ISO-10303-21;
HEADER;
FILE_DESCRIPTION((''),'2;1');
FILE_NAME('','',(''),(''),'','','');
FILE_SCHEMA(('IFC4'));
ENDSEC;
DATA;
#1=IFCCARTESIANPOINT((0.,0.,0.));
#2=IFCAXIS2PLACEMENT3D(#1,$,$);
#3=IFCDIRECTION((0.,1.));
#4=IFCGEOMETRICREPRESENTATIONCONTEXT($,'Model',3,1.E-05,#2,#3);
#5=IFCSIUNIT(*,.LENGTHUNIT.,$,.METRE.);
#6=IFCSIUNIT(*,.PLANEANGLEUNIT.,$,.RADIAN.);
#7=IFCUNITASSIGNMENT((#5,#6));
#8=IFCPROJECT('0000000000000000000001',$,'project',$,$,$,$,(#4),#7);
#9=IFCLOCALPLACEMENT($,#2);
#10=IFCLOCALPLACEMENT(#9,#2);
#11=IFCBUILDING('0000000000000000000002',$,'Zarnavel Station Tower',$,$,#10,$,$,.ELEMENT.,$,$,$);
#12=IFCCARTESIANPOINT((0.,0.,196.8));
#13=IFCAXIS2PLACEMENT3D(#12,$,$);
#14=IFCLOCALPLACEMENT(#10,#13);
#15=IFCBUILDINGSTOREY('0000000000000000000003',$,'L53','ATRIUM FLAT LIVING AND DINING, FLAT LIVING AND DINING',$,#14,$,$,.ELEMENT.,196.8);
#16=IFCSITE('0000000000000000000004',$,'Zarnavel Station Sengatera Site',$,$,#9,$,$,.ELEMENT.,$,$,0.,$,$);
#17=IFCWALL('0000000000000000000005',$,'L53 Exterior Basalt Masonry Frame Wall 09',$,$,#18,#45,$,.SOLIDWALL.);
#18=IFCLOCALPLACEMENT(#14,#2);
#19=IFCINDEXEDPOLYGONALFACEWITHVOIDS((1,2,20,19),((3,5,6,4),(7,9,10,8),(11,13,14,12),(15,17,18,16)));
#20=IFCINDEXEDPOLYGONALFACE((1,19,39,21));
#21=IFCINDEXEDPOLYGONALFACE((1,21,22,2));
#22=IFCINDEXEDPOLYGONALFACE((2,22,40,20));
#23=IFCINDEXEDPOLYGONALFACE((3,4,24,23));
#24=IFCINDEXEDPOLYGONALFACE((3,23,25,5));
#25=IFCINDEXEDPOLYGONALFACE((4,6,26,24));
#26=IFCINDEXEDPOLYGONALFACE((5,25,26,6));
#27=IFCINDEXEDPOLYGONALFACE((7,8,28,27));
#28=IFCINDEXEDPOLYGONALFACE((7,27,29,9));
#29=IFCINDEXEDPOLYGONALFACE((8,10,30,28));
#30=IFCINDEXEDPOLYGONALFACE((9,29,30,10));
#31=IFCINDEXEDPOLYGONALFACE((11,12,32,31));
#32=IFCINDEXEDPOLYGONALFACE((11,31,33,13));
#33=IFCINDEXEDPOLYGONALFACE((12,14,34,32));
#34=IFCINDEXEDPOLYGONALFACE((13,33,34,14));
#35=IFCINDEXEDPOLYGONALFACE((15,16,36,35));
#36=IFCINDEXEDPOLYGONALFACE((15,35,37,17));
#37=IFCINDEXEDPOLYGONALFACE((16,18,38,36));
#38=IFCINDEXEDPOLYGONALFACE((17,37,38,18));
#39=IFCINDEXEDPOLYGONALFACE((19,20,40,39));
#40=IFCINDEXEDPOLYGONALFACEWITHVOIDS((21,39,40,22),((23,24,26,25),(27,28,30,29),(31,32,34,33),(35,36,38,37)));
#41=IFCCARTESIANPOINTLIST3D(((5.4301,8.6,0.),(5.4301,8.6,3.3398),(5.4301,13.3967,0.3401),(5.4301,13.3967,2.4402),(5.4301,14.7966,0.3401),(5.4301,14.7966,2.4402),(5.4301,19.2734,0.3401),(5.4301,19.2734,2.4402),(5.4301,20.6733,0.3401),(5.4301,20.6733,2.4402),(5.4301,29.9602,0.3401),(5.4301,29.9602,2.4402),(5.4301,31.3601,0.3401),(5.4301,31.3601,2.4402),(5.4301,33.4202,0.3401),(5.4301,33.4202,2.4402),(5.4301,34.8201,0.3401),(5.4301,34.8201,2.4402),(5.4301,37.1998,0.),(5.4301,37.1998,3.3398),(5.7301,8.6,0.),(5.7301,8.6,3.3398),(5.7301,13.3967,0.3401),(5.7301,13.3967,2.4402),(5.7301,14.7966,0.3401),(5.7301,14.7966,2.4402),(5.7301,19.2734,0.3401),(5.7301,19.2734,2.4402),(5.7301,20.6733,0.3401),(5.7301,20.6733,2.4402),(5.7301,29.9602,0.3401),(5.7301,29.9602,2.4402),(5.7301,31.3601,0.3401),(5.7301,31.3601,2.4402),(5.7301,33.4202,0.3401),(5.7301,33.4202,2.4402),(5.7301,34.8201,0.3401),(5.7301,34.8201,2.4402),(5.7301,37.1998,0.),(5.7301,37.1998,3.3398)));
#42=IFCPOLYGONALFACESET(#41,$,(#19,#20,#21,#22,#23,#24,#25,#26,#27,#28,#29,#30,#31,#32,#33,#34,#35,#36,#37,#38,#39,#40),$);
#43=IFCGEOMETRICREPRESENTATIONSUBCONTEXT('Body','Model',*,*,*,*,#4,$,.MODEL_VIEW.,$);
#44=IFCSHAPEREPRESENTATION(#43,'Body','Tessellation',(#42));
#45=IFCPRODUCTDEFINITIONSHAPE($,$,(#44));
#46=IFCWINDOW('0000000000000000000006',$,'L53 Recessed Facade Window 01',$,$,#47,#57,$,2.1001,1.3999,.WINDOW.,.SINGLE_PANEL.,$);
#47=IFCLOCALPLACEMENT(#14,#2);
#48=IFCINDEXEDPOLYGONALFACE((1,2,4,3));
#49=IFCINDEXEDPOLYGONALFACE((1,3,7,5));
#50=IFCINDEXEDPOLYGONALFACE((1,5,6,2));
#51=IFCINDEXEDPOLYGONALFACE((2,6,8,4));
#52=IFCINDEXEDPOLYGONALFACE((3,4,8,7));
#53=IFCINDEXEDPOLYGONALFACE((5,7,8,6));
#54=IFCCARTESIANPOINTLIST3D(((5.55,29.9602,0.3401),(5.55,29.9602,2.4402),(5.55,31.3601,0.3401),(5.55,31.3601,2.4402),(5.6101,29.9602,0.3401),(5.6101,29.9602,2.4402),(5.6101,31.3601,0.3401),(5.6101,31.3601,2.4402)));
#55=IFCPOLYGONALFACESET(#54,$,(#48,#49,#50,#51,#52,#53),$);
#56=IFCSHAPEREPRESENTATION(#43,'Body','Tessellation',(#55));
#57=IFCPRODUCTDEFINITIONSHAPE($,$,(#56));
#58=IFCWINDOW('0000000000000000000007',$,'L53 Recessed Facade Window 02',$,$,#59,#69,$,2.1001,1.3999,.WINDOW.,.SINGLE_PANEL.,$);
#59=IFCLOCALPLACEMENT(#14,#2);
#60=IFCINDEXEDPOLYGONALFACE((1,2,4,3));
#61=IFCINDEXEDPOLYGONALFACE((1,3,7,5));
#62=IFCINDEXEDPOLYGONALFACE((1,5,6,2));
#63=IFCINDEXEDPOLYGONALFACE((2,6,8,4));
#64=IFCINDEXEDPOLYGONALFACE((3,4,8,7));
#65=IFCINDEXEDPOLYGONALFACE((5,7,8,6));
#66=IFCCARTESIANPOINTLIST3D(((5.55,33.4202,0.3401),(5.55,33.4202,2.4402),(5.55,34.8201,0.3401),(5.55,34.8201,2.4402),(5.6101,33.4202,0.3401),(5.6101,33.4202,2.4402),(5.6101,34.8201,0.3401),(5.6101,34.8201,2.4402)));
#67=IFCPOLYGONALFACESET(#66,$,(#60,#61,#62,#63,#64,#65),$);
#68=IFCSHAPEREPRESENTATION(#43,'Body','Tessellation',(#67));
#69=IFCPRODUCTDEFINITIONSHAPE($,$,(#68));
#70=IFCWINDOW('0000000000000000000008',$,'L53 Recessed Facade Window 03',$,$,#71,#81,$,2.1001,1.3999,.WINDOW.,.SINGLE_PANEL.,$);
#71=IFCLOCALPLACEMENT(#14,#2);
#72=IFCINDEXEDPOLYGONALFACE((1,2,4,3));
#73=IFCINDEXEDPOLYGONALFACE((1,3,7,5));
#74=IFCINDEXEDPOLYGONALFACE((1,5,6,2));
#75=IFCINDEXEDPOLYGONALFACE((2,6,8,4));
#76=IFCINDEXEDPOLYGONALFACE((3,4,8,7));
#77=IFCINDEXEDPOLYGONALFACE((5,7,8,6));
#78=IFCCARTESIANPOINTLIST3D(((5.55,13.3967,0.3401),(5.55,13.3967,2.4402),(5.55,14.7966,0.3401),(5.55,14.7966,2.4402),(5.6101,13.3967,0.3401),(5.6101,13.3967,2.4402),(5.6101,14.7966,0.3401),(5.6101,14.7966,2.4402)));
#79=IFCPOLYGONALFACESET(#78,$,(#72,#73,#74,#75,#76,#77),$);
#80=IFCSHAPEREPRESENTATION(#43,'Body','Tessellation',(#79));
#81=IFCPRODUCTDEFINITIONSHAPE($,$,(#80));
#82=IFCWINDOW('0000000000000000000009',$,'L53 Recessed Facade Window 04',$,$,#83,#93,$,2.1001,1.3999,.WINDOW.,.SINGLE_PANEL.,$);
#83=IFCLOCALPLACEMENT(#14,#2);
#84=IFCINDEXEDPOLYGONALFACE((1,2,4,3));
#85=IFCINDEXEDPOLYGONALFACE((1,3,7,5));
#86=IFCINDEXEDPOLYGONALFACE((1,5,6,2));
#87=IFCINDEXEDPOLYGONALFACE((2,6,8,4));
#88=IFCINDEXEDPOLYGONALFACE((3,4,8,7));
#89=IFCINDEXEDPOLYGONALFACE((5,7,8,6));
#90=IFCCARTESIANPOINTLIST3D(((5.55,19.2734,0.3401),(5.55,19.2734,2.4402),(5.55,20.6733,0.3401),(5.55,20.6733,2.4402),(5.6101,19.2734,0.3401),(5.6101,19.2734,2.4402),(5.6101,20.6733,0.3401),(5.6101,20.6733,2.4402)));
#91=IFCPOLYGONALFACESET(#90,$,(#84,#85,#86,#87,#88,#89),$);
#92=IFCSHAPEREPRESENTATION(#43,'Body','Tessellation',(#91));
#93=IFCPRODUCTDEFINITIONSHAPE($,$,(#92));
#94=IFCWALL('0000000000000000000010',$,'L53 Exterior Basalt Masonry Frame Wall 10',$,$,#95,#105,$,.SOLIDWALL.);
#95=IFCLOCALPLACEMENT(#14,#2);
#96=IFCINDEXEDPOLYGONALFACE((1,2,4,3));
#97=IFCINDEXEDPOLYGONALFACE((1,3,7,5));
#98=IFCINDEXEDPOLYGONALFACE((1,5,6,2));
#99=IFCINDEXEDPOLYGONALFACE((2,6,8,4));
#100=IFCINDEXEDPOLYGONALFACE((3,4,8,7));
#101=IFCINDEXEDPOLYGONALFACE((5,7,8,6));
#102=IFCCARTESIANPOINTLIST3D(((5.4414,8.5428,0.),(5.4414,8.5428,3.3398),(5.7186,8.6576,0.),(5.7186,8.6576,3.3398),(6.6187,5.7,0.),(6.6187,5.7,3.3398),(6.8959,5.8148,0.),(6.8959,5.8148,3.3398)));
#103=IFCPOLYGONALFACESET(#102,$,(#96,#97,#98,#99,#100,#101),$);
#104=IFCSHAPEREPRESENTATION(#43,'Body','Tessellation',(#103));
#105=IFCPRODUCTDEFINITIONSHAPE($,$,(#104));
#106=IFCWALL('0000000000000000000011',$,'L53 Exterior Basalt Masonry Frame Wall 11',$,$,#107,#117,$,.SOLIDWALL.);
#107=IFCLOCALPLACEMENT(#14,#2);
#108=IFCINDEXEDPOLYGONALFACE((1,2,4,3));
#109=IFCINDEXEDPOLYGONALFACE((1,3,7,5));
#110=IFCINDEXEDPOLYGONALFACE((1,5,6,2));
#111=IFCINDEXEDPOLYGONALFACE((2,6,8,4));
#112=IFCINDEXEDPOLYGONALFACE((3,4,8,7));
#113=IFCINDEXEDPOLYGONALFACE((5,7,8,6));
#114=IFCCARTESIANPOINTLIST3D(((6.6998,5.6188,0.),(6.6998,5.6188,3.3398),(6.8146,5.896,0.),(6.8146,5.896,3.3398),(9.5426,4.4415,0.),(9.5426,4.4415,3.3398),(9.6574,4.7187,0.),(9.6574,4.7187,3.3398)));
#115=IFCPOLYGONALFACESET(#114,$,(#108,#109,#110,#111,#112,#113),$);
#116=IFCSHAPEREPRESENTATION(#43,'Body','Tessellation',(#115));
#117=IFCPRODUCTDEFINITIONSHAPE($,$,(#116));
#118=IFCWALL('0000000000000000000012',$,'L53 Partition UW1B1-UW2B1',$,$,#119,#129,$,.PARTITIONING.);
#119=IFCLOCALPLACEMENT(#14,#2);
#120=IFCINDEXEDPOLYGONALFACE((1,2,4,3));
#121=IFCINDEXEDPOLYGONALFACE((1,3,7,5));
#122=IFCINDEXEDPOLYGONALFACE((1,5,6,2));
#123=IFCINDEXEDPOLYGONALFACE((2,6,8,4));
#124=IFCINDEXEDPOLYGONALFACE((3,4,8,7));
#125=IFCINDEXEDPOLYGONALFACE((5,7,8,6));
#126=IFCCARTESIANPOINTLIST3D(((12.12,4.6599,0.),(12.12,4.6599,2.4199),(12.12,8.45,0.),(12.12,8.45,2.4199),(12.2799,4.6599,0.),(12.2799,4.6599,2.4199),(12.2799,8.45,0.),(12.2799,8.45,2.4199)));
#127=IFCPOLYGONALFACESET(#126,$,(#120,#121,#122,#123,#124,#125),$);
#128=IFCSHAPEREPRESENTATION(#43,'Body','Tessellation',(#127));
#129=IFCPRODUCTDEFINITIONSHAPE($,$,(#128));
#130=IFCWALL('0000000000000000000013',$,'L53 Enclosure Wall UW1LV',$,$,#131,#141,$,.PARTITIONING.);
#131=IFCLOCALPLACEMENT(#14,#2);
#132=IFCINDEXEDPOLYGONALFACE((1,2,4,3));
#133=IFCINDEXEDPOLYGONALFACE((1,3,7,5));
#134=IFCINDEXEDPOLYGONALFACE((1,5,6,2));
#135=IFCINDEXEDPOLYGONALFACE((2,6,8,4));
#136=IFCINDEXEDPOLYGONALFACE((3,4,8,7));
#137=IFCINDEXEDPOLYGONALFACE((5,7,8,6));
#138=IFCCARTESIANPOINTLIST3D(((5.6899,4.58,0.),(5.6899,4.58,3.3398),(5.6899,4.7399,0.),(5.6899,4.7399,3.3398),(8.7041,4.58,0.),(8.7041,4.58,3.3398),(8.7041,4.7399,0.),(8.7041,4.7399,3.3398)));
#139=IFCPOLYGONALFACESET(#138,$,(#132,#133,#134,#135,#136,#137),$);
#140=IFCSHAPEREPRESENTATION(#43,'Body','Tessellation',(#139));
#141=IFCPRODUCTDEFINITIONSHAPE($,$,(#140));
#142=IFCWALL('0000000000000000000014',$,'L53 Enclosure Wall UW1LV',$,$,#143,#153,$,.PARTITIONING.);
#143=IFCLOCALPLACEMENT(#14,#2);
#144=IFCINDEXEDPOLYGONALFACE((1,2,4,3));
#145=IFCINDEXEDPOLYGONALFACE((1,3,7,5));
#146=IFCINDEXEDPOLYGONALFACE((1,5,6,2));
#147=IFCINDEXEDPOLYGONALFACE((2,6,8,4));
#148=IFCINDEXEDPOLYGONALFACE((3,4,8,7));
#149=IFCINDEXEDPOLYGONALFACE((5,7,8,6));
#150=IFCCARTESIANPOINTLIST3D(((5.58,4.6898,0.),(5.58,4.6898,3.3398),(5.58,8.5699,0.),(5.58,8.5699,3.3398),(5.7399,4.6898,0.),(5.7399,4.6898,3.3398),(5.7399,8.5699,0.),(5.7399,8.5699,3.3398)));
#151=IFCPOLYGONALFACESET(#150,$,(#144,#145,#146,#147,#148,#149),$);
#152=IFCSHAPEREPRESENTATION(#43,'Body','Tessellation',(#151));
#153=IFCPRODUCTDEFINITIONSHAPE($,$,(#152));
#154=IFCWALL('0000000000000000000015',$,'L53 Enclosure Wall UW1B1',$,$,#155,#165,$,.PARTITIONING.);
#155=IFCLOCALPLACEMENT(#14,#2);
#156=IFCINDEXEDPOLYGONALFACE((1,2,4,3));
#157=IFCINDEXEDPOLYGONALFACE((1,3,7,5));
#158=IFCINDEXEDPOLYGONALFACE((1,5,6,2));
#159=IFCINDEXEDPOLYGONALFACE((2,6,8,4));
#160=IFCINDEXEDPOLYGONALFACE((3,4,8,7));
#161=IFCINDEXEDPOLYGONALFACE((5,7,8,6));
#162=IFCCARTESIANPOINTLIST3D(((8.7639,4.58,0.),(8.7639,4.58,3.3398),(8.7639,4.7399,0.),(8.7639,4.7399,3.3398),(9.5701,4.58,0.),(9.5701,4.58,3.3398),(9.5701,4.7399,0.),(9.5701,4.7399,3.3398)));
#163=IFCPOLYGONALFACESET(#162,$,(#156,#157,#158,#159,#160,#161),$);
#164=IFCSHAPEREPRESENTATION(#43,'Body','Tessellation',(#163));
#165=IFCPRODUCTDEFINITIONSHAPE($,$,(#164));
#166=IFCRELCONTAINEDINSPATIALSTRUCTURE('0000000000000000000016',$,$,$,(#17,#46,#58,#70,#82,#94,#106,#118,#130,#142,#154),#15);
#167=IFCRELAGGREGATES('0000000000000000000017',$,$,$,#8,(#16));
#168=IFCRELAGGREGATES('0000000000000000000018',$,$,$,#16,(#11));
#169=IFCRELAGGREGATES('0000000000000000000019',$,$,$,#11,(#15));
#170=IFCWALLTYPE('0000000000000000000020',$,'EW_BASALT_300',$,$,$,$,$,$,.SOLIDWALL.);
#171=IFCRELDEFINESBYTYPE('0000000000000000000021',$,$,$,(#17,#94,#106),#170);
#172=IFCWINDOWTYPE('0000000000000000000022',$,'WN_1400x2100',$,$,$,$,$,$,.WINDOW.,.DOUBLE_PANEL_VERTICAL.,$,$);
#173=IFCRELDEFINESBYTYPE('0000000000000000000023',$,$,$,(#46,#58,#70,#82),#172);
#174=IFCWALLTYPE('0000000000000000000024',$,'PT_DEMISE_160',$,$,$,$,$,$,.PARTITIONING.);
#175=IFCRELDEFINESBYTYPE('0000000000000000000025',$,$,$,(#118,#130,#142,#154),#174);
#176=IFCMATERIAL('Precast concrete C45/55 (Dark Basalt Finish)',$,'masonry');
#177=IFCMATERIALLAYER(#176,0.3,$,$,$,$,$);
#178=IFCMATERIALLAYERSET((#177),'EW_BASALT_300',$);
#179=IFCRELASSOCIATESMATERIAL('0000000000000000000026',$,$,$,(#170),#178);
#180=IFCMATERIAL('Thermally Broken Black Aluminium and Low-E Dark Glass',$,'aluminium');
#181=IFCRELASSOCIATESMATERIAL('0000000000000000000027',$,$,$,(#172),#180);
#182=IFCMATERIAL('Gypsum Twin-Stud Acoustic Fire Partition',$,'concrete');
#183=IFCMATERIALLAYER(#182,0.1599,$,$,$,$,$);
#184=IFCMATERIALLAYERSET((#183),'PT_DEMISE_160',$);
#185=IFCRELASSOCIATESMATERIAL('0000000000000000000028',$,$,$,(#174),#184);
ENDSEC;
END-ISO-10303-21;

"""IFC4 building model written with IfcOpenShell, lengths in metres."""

from ifc_helpers import new_model, si_unit, direction, frame, frame_2d, origin, place, context, subcontext, project, spatial, rectangle, extrude, material, layer, layer_set, type_object, element, fill, save


model = new_model("IFC4")

# Units and contexts
model_context = context("Model", 3, precision=1e-05, world=origin(), true_north=direction((0.0, 1.0)))
body_context = subcontext(model_context, "Body", "Model", "MODEL_VIEW")
ifc_project = project(units=[si_unit("LENGTHUNIT", "METRE"), si_unit("PLANEANGLEUNIT", "RADIAN")], contexts=[model_context])

# Site, building, storey
site_placement = place(None, origin())
site = spatial("IfcSite", under=ifc_project, at=site_placement, Name="Zarnavel Station Sengatera Site", CompositionType="ELEMENT", RefElevation=0.0)
building_placement = place(site_placement, origin())
building = spatial("IfcBuilding", under=site, at=building_placement, Name="Zarnavel Station Tower", CompositionType="ELEMENT")
storey_placement = place(building_placement, frame((0.0, 0.0, 196.8)))
storey = spatial("IfcBuildingStorey", under=building, at=storey_placement, Name="L53", Description="ATRIUM FLAT LIVING AND DINING, FLAT LIVING AND DINING", CompositionType="ELEMENT", Elevation=196.8)

# Wall, openings, windows
ifc_material_1 = material(Name="Precast concrete C45/55 (Dark Basalt Finish)", Category="masonry")
ifc_layer_1 = layer(ifc_material_1, 0.3)
ifc_layer_set_1 = layer_set([ifc_layer_1], Name="EW_BASALT_300")
wall_type_1 = type_object("IfcWallType", Name="EW_BASALT_300", PredefinedType="SOLIDWALL", material=ifc_layer_set_1)
wall_1_placement = place(storey_placement, frame((5.5801, 8.6001, 0.0), z_axis=(0.0, 0.0, 1.0), x_axis=(0.0, 1.0, 0.0)))
wall_1 = element("IfcWall", 1, at=wall_1_placement, inside=storey, type_object=wall_type_1, Name="L53 Exterior Basalt Masonry Frame Wall 09", PredefinedType="SOLIDWALL", context=body_context, shape_type="SweptSolid", body=[
    extrude(rectangle(XDim=28.5999, YDim=0.3, at=frame_2d((14.2998, 0.0))), origin(), (0.0, 0.0, 1.0), 3.3398),
])
opening_1_placement = place(wall_1_placement, frame((21.3601, 0.0, 0.3401)))
opening_1 = element("IfcOpeningElement", 2, at=opening_1_placement, cuts=wall_1, PredefinedType="OPENING", context=body_context, shape_type="SweptSolid", body=[
    extrude(rectangle(XDim=1.3999, YDim=2.1001, at=frame_2d((0.7, 1.05))), frame((0.0, 0.1599, 0.0), z_axis=(0.0, -1.0, 0.0), x_axis=(1.0, 0.0, 0.0)), (0.0, 0.0, 1.0), 0.3201),
])
opening_2_placement = place(wall_1_placement, frame((24.8201, 0.0, 0.3401)))
opening_2 = element("IfcOpeningElement", 3, at=opening_2_placement, cuts=wall_1, PredefinedType="OPENING", context=body_context, shape_type="SweptSolid", body=[
    extrude(rectangle(XDim=1.3999, YDim=2.1001, at=frame_2d((0.7, 1.05))), frame((0.0, 0.1599, 0.0), z_axis=(0.0, -1.0, 0.0), x_axis=(1.0, 0.0, 0.0)), (0.0, 0.0, 1.0), 0.3201),
])
opening_3_placement = place(wall_1_placement, frame((4.7966, 0.0, 0.3401)))
opening_3 = element("IfcOpeningElement", 4, at=opening_3_placement, cuts=wall_1, PredefinedType="OPENING", context=body_context, shape_type="SweptSolid", body=[
    extrude(rectangle(XDim=1.3999, YDim=2.1001, at=frame_2d((0.7, 1.05))), frame((0.0, 0.1599, 0.0), z_axis=(0.0, -1.0, 0.0), x_axis=(1.0, 0.0, 0.0)), (0.0, 0.0, 1.0), 0.3201),
])
opening_4_placement = place(wall_1_placement, frame((10.6733, 0.0, 0.3401)))
opening_4 = element("IfcOpeningElement", 5, at=opening_4_placement, cuts=wall_1, PredefinedType="OPENING", context=body_context, shape_type="SweptSolid", body=[
    extrude(rectangle(XDim=1.3999, YDim=2.1001, at=frame_2d((0.7, 1.05))), frame((0.0, 0.1599, 0.0), z_axis=(0.0, -1.0, 0.0), x_axis=(1.0, 0.0, 0.0)), (0.0, 0.0, 1.0), 0.3201),
])
ifc_material_2 = material(Name="Thermally Broken Black Aluminium and Low-E Dark Glass", Category="aluminium")
window_type = type_object("IfcWindowType", Name="WN_1400x2100", PartitioningType="DOUBLE_PANEL_VERTICAL", PredefinedType="WINDOW", material=ifc_material_2)
window_1_placement = place(opening_1_placement, origin())
window_1 = element("IfcWindow", 6, at=window_1_placement, inside=storey, type_object=window_type, Name="L53 Recessed Facade Window 01", OverallHeight=2.1001, OverallWidth=1.3999, PartitioningType="SINGLE_PANEL", PredefinedType="WINDOW", context=body_context, shape_type="SweptSolid", body=[
    extrude(rectangle(XDim=1.3999, YDim=2.1001, at=frame_2d((0.7, 1.05))), frame((0.0, 0.03, 0.0), z_axis=(0.0, -1.0, 0.0), x_axis=(1.0, 0.0, 0.0)), (0.0, 0.0, 1.0), 0.0601),
])
fill(opening_1, window_1)
window_2_placement = place(opening_2_placement, origin())
window_2 = element("IfcWindow", 7, at=window_2_placement, inside=storey, type_object=window_type, Name="L53 Recessed Facade Window 02", OverallHeight=2.1001, OverallWidth=1.3999, PartitioningType="SINGLE_PANEL", PredefinedType="WINDOW", context=body_context, shape_type="SweptSolid", body=[
    extrude(rectangle(XDim=1.3999, YDim=2.1001, at=frame_2d((0.7, 1.05))), frame((0.0, 0.03, 0.0), z_axis=(0.0, -1.0, 0.0), x_axis=(1.0, 0.0, 0.0)), (0.0, 0.0, 1.0), 0.0601),
])
fill(opening_2, window_2)
window_3_placement = place(opening_3_placement, origin())
window_3 = element("IfcWindow", 8, at=window_3_placement, inside=storey, type_object=window_type, Name="L53 Recessed Facade Window 03", OverallHeight=2.1001, OverallWidth=1.3999, PartitioningType="SINGLE_PANEL", PredefinedType="WINDOW", context=body_context, shape_type="SweptSolid", body=[
    extrude(rectangle(XDim=1.3999, YDim=2.1001, at=frame_2d((0.7, 1.05))), frame((0.0, 0.03, 0.0), z_axis=(0.0, -1.0, 0.0), x_axis=(1.0, 0.0, 0.0)), (0.0, 0.0, 1.0), 0.0601),
])
fill(opening_3, window_3)
window_4_placement = place(opening_4_placement, origin())
window_4 = element("IfcWindow", 9, at=window_4_placement, inside=storey, type_object=window_type, Name="L53 Recessed Facade Window 04", OverallHeight=2.1001, OverallWidth=1.3999, PartitioningType="SINGLE_PANEL", PredefinedType="WINDOW", context=body_context, shape_type="SweptSolid", body=[
    extrude(rectangle(XDim=1.3999, YDim=2.1001, at=frame_2d((0.7, 1.05))), frame((0.0, 0.03, 0.0), z_axis=(0.0, -1.0, 0.0), x_axis=(1.0, 0.0, 0.0)), (0.0, 0.0, 1.0), 0.0601),
])
fill(opening_4, window_4)

# Walls
for number, where, z_axis, x_axis, name in (
    (10, (6.7573, 5.7573, 0.0), (0.0, 0.0, 1.0), (-0.382609, 0.92391, 0.0), "L53 Exterior Basalt Masonry Frame Wall 10"),
    (11, (9.6001, 4.5801, 0.0), (0.0, 0.0, 1.0), (-0.92391, 0.382609, 0.0), "L53 Exterior Basalt Masonry Frame Wall 11"),
):
    element("IfcWall", number, at=place(storey_placement, frame(where, z_axis=z_axis, x_axis=x_axis)), inside=storey, type_object=wall_type_1, Name=name, PredefinedType="SOLIDWALL", context=body_context, shape_type="SweptSolid", body=[
        extrude(rectangle(XDim=3.0769, YDim=0.3, at=frame_2d((1.5386, 0.0))), origin(), (0.0, 0.0, 1.0), 3.3398),
    ])
ifc_material_3 = material(Name="Gypsum Twin-Stud Acoustic Fire Partition", Category="concrete")
ifc_layer_2 = layer(ifc_material_3, 0.1599)
ifc_layer_set_2 = layer_set([ifc_layer_2], Name="PT_DEMISE_160")
wall_type_2 = type_object("IfcWallType", Name="PT_DEMISE_160", PredefinedType="PARTITIONING", material=ifc_layer_set_2)
wall_2_placement = place(storey_placement, frame((12.2, 4.6599, 0.0), z_axis=(0.0, 0.0, 1.0), x_axis=(0.0, 1.0, 0.0)))
element("IfcWall", 12, at=wall_2_placement, inside=storey, type_object=wall_type_2, Name="L53 Partition UW1B1-UW2B1", PredefinedType="PARTITIONING", context=body_context, shape_type="SweptSolid", body=[
    extrude(rectangle(XDim=3.79, YDim=0.1599, at=frame_2d((1.895, 0.0))), origin(), (0.0, 0.0, 1.0), 2.4199),
])
wall_3_placement = place(storey_placement, frame((5.6899, 4.6599, 0.0), z_axis=(0.0, 0.0, 1.0), x_axis=(1.0, 0.0, 0.0)))
element("IfcWall", 13, at=wall_3_placement, inside=storey, type_object=wall_type_2, Name="L53 Enclosure Wall UW1LV", PredefinedType="PARTITIONING", context=body_context, shape_type="SweptSolid", body=[
    extrude(rectangle(XDim=3.0142, YDim=0.1599, at=frame_2d((1.5071, 0.0))), origin(), (0.0, 0.0, 1.0), 3.3398),
])
wall_4_placement = place(storey_placement, frame((5.6599, 4.6899, 0.0), z_axis=(0.0, 0.0, 1.0), x_axis=(0.0, 1.0, 0.0)))
element("IfcWall", 14, at=wall_4_placement, inside=storey, type_object=wall_type_2, Name="L53 Enclosure Wall UW1LV", PredefinedType="PARTITIONING", context=body_context, shape_type="SweptSolid", body=[
    extrude(rectangle(XDim=3.8801, YDim=0.1599, at=frame_2d((1.9399, 0.0))), origin(), (0.0, 0.0, 1.0), 3.3398),
])
wall_5_placement = place(storey_placement, frame((8.7639, 4.6599, 0.0), z_axis=(0.0, 0.0, 1.0), x_axis=(1.0, 0.0, 0.0)))
element("IfcWall", 15, at=wall_5_placement, inside=storey, type_object=wall_type_2, Name="L53 Enclosure Wall UW1B1", PredefinedType="PARTITIONING", context=body_context, shape_type="SweptSolid", body=[
    extrude(rectangle(XDim=0.8062, YDim=0.1599, at=frame_2d((0.4031, 0.0))), origin(), (0.0, 0.0, 1.0), 3.3398),
])

save(model, "model.ifc")
